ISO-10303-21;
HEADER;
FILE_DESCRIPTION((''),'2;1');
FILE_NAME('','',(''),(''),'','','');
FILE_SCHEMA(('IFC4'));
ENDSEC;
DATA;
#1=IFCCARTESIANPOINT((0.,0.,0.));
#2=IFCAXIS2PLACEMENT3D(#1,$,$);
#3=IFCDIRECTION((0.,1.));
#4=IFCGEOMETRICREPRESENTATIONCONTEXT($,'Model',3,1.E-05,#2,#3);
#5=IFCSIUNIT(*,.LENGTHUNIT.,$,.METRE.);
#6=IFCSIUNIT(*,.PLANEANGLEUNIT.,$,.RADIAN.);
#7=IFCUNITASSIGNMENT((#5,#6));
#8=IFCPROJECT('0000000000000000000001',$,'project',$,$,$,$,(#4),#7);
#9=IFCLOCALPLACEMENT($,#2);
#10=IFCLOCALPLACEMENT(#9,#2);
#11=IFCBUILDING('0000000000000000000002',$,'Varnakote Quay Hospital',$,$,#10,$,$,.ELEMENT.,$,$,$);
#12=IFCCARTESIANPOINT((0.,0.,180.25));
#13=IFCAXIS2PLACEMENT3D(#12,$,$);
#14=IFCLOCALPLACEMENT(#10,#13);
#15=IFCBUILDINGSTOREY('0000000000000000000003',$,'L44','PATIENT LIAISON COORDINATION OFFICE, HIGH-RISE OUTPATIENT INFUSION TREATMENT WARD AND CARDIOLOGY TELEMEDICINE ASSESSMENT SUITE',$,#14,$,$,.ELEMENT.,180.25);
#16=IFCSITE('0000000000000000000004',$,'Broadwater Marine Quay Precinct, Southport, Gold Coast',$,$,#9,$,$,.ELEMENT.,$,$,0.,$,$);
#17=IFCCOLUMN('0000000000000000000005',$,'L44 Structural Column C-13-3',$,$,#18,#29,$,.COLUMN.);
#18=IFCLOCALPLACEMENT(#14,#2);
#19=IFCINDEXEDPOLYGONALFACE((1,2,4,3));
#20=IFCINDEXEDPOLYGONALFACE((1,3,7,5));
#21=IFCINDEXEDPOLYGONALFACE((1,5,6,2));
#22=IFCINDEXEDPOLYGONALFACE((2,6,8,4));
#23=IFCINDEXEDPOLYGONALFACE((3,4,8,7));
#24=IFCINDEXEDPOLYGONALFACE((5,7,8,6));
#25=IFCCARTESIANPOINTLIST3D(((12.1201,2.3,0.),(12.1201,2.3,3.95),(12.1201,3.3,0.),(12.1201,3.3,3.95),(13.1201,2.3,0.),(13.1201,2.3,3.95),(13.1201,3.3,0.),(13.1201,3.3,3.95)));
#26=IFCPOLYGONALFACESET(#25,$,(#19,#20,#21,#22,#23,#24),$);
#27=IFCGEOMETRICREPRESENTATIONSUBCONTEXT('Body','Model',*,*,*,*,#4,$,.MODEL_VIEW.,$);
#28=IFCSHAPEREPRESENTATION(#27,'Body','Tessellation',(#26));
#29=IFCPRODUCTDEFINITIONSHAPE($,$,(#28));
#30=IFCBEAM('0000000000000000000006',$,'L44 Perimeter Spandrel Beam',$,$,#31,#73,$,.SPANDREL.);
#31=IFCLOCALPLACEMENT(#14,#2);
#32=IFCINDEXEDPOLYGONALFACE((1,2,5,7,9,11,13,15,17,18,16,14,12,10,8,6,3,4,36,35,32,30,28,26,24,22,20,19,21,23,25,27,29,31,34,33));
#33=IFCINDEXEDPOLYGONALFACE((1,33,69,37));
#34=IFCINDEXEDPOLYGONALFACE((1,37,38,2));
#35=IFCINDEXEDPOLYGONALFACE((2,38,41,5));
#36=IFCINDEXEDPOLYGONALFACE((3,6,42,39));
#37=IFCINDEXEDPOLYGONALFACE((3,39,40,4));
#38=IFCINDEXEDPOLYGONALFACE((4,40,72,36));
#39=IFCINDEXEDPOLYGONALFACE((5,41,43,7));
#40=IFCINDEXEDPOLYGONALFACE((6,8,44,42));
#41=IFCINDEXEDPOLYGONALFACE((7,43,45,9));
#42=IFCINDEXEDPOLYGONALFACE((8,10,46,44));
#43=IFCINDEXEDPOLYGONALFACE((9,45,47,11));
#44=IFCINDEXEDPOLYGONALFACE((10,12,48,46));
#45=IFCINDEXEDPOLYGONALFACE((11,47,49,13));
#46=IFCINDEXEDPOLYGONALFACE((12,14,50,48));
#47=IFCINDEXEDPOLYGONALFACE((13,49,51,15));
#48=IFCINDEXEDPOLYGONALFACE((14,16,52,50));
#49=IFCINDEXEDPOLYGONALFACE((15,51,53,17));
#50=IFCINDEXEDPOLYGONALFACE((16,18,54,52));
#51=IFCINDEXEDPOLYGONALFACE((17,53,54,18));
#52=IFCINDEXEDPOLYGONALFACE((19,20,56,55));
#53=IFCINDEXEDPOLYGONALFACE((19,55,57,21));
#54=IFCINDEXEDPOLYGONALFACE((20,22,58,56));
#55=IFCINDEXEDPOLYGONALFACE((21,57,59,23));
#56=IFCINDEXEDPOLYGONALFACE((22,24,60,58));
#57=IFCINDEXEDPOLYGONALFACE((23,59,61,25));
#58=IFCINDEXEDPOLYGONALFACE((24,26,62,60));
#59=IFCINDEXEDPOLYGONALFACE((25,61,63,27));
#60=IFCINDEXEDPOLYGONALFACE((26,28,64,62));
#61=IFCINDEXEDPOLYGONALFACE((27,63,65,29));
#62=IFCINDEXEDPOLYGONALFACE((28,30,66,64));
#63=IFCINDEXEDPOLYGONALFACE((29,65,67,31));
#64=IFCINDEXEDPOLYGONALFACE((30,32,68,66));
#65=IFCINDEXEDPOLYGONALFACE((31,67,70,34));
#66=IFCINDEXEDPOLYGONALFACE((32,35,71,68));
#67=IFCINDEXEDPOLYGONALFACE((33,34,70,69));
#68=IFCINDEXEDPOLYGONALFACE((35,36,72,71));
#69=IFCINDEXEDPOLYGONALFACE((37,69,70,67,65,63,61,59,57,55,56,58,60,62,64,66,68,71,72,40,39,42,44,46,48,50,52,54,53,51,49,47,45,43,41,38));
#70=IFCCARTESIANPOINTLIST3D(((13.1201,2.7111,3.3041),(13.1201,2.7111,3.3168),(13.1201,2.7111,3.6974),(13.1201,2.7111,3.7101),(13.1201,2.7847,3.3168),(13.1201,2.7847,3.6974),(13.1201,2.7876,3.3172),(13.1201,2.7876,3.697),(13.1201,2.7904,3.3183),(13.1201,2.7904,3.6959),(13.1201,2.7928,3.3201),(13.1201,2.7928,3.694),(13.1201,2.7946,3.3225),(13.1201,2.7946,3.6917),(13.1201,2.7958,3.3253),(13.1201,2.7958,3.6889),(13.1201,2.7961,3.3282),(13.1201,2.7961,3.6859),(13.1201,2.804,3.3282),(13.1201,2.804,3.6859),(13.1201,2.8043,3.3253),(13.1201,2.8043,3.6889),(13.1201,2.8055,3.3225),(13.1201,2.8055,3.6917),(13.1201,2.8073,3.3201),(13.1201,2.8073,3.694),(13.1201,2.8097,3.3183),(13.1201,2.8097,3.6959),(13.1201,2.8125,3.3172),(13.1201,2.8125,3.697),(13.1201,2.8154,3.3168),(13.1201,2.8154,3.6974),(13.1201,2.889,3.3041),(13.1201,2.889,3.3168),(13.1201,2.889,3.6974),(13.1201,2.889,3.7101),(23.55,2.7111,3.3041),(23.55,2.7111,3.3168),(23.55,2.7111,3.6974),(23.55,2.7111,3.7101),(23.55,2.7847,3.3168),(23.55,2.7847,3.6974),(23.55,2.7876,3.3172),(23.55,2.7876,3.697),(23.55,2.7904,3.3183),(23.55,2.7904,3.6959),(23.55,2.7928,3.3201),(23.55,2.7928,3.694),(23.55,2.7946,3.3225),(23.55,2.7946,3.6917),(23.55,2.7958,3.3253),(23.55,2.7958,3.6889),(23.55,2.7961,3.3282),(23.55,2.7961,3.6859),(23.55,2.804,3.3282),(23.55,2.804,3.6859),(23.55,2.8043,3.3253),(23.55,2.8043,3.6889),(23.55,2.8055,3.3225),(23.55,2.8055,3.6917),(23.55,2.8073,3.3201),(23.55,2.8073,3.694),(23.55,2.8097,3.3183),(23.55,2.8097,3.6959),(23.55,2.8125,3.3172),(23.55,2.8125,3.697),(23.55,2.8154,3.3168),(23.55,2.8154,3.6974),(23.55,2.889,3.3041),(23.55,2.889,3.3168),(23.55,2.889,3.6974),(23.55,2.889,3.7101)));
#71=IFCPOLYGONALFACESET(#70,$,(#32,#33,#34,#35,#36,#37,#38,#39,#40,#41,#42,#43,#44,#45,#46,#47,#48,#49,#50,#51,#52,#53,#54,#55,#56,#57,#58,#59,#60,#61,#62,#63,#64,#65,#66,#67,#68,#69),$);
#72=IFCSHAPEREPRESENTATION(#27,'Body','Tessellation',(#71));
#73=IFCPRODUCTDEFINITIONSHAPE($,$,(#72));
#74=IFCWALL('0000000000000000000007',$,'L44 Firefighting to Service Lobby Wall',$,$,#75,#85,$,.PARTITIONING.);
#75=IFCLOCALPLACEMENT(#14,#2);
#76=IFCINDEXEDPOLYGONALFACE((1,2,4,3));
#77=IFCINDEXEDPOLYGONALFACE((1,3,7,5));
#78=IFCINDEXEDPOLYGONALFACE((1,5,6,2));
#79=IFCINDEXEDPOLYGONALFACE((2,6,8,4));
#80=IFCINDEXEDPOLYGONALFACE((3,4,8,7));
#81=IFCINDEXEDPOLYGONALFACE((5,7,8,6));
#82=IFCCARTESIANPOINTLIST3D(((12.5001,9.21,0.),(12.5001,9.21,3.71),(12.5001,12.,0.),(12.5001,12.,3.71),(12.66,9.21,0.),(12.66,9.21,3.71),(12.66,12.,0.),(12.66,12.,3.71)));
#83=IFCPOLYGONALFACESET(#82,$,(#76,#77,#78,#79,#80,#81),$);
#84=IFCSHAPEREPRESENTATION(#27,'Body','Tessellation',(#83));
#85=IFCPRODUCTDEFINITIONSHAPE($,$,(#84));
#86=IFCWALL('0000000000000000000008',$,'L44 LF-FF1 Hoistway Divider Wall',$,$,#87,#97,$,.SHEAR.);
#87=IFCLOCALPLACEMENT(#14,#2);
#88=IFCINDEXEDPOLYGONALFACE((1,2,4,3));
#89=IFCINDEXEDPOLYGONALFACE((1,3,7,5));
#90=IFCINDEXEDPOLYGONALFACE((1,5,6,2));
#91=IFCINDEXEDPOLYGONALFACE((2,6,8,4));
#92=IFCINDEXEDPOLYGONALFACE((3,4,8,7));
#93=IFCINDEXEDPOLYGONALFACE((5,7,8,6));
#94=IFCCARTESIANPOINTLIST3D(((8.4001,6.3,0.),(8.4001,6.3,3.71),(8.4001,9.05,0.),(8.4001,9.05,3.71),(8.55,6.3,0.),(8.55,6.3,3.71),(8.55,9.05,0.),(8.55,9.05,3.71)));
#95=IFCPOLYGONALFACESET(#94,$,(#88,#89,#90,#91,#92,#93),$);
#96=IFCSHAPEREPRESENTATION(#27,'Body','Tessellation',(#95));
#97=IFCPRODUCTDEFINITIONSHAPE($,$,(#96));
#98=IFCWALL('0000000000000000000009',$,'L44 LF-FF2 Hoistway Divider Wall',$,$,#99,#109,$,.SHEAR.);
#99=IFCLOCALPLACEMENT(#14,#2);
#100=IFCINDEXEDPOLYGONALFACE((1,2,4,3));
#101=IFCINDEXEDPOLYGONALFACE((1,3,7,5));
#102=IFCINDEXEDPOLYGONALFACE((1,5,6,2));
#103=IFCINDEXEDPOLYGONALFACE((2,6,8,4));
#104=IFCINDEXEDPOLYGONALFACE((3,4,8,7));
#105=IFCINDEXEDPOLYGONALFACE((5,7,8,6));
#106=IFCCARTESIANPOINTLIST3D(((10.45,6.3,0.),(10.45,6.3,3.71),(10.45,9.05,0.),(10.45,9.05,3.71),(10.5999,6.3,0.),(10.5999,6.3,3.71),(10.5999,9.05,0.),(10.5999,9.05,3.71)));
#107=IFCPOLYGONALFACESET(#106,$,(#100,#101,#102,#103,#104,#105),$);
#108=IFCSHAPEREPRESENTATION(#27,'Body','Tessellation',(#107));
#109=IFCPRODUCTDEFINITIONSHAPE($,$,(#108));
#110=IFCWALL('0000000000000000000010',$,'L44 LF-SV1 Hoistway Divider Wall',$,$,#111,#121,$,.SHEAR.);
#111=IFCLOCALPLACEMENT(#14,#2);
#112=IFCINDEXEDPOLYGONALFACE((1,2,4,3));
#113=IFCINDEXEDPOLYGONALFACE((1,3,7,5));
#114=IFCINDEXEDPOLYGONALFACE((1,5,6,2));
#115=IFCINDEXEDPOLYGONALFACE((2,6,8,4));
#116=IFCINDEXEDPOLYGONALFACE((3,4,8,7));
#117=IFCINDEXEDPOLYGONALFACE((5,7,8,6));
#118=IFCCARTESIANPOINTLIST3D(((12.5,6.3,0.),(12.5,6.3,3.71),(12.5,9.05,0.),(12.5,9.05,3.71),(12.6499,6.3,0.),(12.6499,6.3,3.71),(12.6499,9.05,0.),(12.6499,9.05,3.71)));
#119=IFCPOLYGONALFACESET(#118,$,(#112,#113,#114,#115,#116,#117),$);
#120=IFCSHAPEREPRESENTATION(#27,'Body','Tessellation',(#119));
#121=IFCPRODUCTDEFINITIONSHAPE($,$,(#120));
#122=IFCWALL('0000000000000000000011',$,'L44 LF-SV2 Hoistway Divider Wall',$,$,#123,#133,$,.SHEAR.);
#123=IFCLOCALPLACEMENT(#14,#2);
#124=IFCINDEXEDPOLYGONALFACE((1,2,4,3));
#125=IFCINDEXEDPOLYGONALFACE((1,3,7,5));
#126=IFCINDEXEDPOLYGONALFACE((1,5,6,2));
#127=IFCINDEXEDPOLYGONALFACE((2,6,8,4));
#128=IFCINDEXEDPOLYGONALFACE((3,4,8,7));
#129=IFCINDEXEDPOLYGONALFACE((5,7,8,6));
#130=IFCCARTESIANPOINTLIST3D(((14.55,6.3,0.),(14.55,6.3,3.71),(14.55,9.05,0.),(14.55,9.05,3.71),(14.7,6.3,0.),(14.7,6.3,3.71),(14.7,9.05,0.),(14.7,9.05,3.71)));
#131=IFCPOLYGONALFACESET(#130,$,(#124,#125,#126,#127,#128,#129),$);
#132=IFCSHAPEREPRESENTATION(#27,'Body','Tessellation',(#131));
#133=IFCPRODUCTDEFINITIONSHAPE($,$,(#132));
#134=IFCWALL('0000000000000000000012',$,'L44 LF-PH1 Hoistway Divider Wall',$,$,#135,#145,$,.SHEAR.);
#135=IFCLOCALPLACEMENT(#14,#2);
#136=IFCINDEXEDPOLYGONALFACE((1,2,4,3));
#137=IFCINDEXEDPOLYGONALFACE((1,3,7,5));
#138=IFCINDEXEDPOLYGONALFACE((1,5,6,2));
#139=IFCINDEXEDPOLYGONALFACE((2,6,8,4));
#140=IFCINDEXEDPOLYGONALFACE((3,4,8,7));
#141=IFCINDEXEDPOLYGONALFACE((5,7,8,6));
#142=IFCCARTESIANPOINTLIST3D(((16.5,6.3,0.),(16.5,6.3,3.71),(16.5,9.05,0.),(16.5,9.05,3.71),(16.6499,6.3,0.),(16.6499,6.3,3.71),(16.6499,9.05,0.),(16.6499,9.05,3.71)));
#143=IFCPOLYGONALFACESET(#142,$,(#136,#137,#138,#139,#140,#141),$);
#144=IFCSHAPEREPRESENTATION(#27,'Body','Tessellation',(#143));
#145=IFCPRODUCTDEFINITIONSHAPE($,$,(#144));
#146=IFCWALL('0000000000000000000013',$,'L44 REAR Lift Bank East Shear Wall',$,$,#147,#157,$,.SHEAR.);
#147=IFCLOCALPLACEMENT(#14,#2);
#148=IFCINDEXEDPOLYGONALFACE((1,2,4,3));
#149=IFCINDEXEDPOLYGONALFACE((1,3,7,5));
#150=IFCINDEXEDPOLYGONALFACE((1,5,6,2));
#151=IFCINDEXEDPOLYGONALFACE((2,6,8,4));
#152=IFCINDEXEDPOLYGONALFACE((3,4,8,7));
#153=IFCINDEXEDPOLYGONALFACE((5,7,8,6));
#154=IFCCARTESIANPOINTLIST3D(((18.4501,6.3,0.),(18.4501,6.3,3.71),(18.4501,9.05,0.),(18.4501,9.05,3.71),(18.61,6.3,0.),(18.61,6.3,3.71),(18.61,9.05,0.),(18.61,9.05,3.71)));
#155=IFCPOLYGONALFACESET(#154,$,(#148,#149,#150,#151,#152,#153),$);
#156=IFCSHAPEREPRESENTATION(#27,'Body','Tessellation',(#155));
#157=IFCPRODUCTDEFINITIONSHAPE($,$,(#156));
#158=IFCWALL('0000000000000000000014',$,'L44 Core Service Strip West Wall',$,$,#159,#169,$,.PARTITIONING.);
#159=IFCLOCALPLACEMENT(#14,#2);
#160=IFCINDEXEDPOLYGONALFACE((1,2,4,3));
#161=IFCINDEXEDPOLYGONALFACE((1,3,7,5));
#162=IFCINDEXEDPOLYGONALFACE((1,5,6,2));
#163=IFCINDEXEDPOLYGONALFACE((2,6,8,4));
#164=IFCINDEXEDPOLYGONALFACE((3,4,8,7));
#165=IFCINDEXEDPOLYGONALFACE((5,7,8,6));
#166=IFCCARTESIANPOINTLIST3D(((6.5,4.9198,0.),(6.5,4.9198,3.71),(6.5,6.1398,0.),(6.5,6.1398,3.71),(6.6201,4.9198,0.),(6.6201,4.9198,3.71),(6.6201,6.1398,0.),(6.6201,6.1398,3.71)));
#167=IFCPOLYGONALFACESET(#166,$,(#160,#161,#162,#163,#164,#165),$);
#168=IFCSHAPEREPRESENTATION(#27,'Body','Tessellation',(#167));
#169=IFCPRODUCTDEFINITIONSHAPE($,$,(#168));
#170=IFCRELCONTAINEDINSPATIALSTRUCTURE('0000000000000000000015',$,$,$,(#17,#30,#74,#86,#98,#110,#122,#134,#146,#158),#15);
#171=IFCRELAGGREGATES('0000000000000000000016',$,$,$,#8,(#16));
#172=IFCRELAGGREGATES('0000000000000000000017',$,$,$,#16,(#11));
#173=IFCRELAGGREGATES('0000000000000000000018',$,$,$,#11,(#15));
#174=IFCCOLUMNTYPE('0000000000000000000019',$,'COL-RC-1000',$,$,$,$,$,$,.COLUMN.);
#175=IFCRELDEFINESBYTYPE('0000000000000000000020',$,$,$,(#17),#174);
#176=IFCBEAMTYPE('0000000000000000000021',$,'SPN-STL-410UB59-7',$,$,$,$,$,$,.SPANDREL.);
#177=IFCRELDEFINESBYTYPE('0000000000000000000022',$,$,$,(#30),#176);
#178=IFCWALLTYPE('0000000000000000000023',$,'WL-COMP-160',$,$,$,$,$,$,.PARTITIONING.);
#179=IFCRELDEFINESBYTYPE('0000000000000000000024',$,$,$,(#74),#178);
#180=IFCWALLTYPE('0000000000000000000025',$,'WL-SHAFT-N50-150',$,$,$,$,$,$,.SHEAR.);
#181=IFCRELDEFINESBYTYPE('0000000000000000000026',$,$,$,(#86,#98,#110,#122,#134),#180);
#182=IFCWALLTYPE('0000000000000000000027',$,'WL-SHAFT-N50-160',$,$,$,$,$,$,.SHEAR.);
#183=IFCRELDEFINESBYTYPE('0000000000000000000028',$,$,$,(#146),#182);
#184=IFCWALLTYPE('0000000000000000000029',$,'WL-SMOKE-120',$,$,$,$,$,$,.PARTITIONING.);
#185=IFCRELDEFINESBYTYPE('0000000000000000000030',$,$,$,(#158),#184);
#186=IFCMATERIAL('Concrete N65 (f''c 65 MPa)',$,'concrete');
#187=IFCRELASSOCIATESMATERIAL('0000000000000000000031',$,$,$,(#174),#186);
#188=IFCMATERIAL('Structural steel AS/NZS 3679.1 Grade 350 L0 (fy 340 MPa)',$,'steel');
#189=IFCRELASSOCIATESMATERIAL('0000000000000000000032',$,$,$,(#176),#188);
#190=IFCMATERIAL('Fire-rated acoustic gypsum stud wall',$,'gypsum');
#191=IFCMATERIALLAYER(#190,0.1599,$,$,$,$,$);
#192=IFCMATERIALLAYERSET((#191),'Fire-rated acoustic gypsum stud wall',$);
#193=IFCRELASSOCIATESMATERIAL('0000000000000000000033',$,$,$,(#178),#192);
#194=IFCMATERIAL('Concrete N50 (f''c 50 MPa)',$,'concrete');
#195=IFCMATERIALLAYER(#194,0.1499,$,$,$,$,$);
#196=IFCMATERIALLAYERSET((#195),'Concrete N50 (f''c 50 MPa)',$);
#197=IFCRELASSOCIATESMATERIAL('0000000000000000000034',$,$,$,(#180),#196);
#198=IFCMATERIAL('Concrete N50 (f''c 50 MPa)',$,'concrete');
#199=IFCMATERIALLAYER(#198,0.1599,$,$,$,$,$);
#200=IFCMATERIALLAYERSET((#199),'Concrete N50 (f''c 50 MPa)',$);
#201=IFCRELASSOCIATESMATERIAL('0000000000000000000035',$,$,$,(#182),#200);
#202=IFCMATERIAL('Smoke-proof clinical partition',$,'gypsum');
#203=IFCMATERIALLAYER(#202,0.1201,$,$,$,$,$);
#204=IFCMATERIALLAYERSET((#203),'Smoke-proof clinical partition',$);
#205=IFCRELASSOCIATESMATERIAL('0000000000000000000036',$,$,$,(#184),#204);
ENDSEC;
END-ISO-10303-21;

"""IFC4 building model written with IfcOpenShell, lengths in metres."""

from ifc_helpers import new_model, si_unit, direction, frame, frame_2d, origin, origin_2d, place, context, subcontext, project, spatial, rectangle, i_section, extrude, material, layer, layer_set, material_profile, profile_set, type_object, element, save


model = new_model("IFC4")

# Units and contexts
model_context = context("Model", 3, precision=1e-05, world=origin(), true_north=direction((0.0, 1.0)))
body_context = subcontext(model_context, "Body", "Model", "MODEL_VIEW")
ifc_project = project(units=[si_unit("LENGTHUNIT", "METRE"), si_unit("PLANEANGLEUNIT", "RADIAN")], contexts=[model_context])

# Site, building, storey
site_placement = place(None, origin())
site = spatial("IfcSite", under=ifc_project, at=site_placement, Name="Broadwater Marine Quay Precinct, Southport, Gold Coast", CompositionType="ELEMENT", RefElevation=0.0)
building_placement = place(site_placement, origin())
building = spatial("IfcBuilding", under=site, at=building_placement, Name="Varnakote Quay Hospital", CompositionType="ELEMENT")
storey_placement = place(building_placement, frame((0.0, 0.0, 180.25)))
storey = spatial("IfcBuildingStorey", under=building, at=storey_placement, Name="L44", Description="PATIENT LIAISON COORDINATION OFFICE, HIGH-RISE OUTPATIENT INFUSION TREATMENT WARD AND CARDIOLOGY TELEMEDICINE ASSESSMENT SUITE", CompositionType="ELEMENT", Elevation=180.25)

# Column
ifc_material_1 = material(Name="Concrete N65 (f'c 65 MPa)", Category="concrete")
ifc_material_profile_1 = material_profile(ifc_material_1, rectangle(XDim=1.0, YDim=1.0, at=origin_2d()), Name="RC-COL-1000x1000")
ifc_profile_set_1 = profile_set([ifc_material_profile_1], Name="Concrete N65 (f'c 65 MPa)")
column_type = type_object("IfcColumnType", Name="COL-RC-1000", PredefinedType="COLUMN", material=ifc_profile_set_1)
column_placement = place(storey_placement, frame((12.6201, 2.8, 0.0), z_axis=(0.0, 0.0, 1.0), x_axis=(1.0, 0.0, 0.0)))
element("IfcColumn", 1, at=column_placement, inside=storey, type_object=column_type, Name="L44 Structural Column C-13-3", PredefinedType="COLUMN", context=body_context, shape_type="SweptSolid", body=[
    extrude(rectangle(XDim=1.0, YDim=1.0, at=origin_2d()), origin(), (0.0, 0.0, 1.0), 3.95),
])

# Beam
ifc_material_2 = material(Name="Structural steel AS/NZS 3679.1 Grade 350 L0 (fy 340 MPa)", Category="steel")
ifc_material_profile_2 = material_profile(ifc_material_2, i_section(OverallWidth=0.178, OverallDepth=0.406, WebThickness=0.0078, FlangeThickness=0.0127, FilletRadius=0.0115, at=origin_2d()), Name="410UB59.7")
ifc_profile_set_2 = profile_set([ifc_material_profile_2], Name="Structural steel AS/NZS 3679.1 Grade 350 L0 (fy 340 MPa)")
beam_type = type_object("IfcBeamType", Name="SPN-STL-410UB59-7", PredefinedType="SPANDREL", material=ifc_profile_set_2)
beam_placement = place(storey_placement, frame((13.1201, 2.8, 3.5071), z_axis=(1.0, 0.0, 0.0), x_axis=(0.0, 1.0, 0.0)))
element("IfcBeam", 2, at=beam_placement, inside=storey, type_object=beam_type, Name="L44 Perimeter Spandrel Beam", PredefinedType="SPANDREL", context=body_context, shape_type="SweptSolid", body=[
    extrude(i_section(OverallWidth=0.178, OverallDepth=0.406, WebThickness=0.0078, FlangeThickness=0.0127, FilletRadius=0.0115, at=origin_2d()), origin(), (0.0, 0.0, 1.0), 10.4299),
])

# Walls
ifc_material_3 = material(Name="Fire-rated acoustic gypsum stud wall", Category="gypsum")
ifc_layer_1 = layer(ifc_material_3, 0.1599)
ifc_layer_set_1 = layer_set([ifc_layer_1], Name="Fire-rated acoustic gypsum stud wall")
wall_type_1 = type_object("IfcWallType", Name="WL-COMP-160", PredefinedType="PARTITIONING", material=ifc_layer_set_1)
wall_1_placement = place(storey_placement, frame((12.5801, 9.21, 0.0), z_axis=(0.0, 0.0, 1.0), x_axis=(0.0, 1.0, 0.0)))
element("IfcWall", 3, at=wall_1_placement, inside=storey, type_object=wall_type_1, Name="L44 Firefighting to Service Lobby Wall", PredefinedType="PARTITIONING", context=body_context, shape_type="SweptSolid", body=[
    extrude(rectangle(XDim=2.79, YDim=0.1599, at=frame_2d((1.395, 0.0))), origin(), (0.0, 0.0, 1.0), 3.71),
])
ifc_material_4 = material(Name="Concrete N50 (f'c 50 MPa)", Category="concrete")
ifc_layer_2 = layer(ifc_material_4, 0.1499)
ifc_layer_set_2 = layer_set([ifc_layer_2], Name="Concrete N50 (f'c 50 MPa)")
wall_type_2 = type_object("IfcWallType", Name="WL-SHAFT-N50-150", PredefinedType="SHEAR", material=ifc_layer_set_2)
for number, where, z_axis, x_axis, name in (
    (4, (8.4751, 6.3, 0.0), (0.0, 0.0, 1.0), (0.0, 1.0, 0.0), "L44 LF-FF1 Hoistway Divider Wall"),
    (5, (10.5249, 6.3, 0.0), (0.0, 0.0, 1.0), (0.0, 1.0, 0.0), "L44 LF-FF2 Hoistway Divider Wall"),
    (6, (12.575, 6.3, 0.0), (0.0, 0.0, 1.0), (0.0, 1.0, 0.0), "L44 LF-SV1 Hoistway Divider Wall"),
    (7, (14.625, 6.3, 0.0), (0.0, 0.0, 1.0), (0.0, 1.0, 0.0), "L44 LF-SV2 Hoistway Divider Wall"),
    (8, (16.575, 6.3, 0.0), (0.0, 0.0, 1.0), (0.0, 1.0, 0.0), "L44 LF-PH1 Hoistway Divider Wall"),
):
    element("IfcWall", number, at=place(storey_placement, frame(where, z_axis=z_axis, x_axis=x_axis)), inside=storey, type_object=wall_type_2, Name=name, PredefinedType="SHEAR", context=body_context, shape_type="SweptSolid", body=[
        extrude(rectangle(XDim=2.75, YDim=0.1499, at=frame_2d((1.375, 0.0))), origin(), (0.0, 0.0, 1.0), 3.71),
    ])
ifc_material_5 = material(Name="Concrete N50 (f'c 50 MPa)", Category="concrete")
ifc_layer_3 = layer(ifc_material_5, 0.1599)
ifc_layer_set_3 = layer_set([ifc_layer_3], Name="Concrete N50 (f'c 50 MPa)")
wall_type_3 = type_object("IfcWallType", Name="WL-SHAFT-N50-160", PredefinedType="SHEAR", material=ifc_layer_set_3)
wall_2_placement = place(storey_placement, frame((18.53, 6.3, 0.0), z_axis=(0.0, 0.0, 1.0), x_axis=(0.0, 1.0, 0.0)))
element("IfcWall", 9, at=wall_2_placement, inside=storey, type_object=wall_type_3, Name="L44 REAR Lift Bank East Shear Wall", PredefinedType="SHEAR", context=body_context, shape_type="SweptSolid", body=[
    extrude(rectangle(XDim=2.75, YDim=0.1599, at=frame_2d((1.375, 0.0))), origin(), (0.0, 0.0, 1.0), 3.71),
])

# Wall
ifc_material_6 = material(Name="Smoke-proof clinical partition", Category="gypsum")
ifc_layer_4 = layer(ifc_material_6, 0.1201)
ifc_layer_set_4 = layer_set([ifc_layer_4], Name="Smoke-proof clinical partition")
wall_type_4 = type_object("IfcWallType", Name="WL-SMOKE-120", PredefinedType="PARTITIONING", material=ifc_layer_set_4)
wall_3_placement = place(storey_placement, frame((6.5601, 4.9199, 0.0), z_axis=(0.0, 0.0, 1.0), x_axis=(0.0, 1.0, 0.0)))
element("IfcWall", 10, at=wall_3_placement, inside=storey, type_object=wall_type_4, Name="L44 Core Service Strip West Wall", PredefinedType="PARTITIONING", context=body_context, shape_type="SweptSolid", body=[
    extrude(rectangle(XDim=1.22, YDim=0.1201, at=frame_2d((0.6099, 0.0))), origin(), (0.0, 0.0, 1.0), 3.71),
])

save(model, "model.ifc")
